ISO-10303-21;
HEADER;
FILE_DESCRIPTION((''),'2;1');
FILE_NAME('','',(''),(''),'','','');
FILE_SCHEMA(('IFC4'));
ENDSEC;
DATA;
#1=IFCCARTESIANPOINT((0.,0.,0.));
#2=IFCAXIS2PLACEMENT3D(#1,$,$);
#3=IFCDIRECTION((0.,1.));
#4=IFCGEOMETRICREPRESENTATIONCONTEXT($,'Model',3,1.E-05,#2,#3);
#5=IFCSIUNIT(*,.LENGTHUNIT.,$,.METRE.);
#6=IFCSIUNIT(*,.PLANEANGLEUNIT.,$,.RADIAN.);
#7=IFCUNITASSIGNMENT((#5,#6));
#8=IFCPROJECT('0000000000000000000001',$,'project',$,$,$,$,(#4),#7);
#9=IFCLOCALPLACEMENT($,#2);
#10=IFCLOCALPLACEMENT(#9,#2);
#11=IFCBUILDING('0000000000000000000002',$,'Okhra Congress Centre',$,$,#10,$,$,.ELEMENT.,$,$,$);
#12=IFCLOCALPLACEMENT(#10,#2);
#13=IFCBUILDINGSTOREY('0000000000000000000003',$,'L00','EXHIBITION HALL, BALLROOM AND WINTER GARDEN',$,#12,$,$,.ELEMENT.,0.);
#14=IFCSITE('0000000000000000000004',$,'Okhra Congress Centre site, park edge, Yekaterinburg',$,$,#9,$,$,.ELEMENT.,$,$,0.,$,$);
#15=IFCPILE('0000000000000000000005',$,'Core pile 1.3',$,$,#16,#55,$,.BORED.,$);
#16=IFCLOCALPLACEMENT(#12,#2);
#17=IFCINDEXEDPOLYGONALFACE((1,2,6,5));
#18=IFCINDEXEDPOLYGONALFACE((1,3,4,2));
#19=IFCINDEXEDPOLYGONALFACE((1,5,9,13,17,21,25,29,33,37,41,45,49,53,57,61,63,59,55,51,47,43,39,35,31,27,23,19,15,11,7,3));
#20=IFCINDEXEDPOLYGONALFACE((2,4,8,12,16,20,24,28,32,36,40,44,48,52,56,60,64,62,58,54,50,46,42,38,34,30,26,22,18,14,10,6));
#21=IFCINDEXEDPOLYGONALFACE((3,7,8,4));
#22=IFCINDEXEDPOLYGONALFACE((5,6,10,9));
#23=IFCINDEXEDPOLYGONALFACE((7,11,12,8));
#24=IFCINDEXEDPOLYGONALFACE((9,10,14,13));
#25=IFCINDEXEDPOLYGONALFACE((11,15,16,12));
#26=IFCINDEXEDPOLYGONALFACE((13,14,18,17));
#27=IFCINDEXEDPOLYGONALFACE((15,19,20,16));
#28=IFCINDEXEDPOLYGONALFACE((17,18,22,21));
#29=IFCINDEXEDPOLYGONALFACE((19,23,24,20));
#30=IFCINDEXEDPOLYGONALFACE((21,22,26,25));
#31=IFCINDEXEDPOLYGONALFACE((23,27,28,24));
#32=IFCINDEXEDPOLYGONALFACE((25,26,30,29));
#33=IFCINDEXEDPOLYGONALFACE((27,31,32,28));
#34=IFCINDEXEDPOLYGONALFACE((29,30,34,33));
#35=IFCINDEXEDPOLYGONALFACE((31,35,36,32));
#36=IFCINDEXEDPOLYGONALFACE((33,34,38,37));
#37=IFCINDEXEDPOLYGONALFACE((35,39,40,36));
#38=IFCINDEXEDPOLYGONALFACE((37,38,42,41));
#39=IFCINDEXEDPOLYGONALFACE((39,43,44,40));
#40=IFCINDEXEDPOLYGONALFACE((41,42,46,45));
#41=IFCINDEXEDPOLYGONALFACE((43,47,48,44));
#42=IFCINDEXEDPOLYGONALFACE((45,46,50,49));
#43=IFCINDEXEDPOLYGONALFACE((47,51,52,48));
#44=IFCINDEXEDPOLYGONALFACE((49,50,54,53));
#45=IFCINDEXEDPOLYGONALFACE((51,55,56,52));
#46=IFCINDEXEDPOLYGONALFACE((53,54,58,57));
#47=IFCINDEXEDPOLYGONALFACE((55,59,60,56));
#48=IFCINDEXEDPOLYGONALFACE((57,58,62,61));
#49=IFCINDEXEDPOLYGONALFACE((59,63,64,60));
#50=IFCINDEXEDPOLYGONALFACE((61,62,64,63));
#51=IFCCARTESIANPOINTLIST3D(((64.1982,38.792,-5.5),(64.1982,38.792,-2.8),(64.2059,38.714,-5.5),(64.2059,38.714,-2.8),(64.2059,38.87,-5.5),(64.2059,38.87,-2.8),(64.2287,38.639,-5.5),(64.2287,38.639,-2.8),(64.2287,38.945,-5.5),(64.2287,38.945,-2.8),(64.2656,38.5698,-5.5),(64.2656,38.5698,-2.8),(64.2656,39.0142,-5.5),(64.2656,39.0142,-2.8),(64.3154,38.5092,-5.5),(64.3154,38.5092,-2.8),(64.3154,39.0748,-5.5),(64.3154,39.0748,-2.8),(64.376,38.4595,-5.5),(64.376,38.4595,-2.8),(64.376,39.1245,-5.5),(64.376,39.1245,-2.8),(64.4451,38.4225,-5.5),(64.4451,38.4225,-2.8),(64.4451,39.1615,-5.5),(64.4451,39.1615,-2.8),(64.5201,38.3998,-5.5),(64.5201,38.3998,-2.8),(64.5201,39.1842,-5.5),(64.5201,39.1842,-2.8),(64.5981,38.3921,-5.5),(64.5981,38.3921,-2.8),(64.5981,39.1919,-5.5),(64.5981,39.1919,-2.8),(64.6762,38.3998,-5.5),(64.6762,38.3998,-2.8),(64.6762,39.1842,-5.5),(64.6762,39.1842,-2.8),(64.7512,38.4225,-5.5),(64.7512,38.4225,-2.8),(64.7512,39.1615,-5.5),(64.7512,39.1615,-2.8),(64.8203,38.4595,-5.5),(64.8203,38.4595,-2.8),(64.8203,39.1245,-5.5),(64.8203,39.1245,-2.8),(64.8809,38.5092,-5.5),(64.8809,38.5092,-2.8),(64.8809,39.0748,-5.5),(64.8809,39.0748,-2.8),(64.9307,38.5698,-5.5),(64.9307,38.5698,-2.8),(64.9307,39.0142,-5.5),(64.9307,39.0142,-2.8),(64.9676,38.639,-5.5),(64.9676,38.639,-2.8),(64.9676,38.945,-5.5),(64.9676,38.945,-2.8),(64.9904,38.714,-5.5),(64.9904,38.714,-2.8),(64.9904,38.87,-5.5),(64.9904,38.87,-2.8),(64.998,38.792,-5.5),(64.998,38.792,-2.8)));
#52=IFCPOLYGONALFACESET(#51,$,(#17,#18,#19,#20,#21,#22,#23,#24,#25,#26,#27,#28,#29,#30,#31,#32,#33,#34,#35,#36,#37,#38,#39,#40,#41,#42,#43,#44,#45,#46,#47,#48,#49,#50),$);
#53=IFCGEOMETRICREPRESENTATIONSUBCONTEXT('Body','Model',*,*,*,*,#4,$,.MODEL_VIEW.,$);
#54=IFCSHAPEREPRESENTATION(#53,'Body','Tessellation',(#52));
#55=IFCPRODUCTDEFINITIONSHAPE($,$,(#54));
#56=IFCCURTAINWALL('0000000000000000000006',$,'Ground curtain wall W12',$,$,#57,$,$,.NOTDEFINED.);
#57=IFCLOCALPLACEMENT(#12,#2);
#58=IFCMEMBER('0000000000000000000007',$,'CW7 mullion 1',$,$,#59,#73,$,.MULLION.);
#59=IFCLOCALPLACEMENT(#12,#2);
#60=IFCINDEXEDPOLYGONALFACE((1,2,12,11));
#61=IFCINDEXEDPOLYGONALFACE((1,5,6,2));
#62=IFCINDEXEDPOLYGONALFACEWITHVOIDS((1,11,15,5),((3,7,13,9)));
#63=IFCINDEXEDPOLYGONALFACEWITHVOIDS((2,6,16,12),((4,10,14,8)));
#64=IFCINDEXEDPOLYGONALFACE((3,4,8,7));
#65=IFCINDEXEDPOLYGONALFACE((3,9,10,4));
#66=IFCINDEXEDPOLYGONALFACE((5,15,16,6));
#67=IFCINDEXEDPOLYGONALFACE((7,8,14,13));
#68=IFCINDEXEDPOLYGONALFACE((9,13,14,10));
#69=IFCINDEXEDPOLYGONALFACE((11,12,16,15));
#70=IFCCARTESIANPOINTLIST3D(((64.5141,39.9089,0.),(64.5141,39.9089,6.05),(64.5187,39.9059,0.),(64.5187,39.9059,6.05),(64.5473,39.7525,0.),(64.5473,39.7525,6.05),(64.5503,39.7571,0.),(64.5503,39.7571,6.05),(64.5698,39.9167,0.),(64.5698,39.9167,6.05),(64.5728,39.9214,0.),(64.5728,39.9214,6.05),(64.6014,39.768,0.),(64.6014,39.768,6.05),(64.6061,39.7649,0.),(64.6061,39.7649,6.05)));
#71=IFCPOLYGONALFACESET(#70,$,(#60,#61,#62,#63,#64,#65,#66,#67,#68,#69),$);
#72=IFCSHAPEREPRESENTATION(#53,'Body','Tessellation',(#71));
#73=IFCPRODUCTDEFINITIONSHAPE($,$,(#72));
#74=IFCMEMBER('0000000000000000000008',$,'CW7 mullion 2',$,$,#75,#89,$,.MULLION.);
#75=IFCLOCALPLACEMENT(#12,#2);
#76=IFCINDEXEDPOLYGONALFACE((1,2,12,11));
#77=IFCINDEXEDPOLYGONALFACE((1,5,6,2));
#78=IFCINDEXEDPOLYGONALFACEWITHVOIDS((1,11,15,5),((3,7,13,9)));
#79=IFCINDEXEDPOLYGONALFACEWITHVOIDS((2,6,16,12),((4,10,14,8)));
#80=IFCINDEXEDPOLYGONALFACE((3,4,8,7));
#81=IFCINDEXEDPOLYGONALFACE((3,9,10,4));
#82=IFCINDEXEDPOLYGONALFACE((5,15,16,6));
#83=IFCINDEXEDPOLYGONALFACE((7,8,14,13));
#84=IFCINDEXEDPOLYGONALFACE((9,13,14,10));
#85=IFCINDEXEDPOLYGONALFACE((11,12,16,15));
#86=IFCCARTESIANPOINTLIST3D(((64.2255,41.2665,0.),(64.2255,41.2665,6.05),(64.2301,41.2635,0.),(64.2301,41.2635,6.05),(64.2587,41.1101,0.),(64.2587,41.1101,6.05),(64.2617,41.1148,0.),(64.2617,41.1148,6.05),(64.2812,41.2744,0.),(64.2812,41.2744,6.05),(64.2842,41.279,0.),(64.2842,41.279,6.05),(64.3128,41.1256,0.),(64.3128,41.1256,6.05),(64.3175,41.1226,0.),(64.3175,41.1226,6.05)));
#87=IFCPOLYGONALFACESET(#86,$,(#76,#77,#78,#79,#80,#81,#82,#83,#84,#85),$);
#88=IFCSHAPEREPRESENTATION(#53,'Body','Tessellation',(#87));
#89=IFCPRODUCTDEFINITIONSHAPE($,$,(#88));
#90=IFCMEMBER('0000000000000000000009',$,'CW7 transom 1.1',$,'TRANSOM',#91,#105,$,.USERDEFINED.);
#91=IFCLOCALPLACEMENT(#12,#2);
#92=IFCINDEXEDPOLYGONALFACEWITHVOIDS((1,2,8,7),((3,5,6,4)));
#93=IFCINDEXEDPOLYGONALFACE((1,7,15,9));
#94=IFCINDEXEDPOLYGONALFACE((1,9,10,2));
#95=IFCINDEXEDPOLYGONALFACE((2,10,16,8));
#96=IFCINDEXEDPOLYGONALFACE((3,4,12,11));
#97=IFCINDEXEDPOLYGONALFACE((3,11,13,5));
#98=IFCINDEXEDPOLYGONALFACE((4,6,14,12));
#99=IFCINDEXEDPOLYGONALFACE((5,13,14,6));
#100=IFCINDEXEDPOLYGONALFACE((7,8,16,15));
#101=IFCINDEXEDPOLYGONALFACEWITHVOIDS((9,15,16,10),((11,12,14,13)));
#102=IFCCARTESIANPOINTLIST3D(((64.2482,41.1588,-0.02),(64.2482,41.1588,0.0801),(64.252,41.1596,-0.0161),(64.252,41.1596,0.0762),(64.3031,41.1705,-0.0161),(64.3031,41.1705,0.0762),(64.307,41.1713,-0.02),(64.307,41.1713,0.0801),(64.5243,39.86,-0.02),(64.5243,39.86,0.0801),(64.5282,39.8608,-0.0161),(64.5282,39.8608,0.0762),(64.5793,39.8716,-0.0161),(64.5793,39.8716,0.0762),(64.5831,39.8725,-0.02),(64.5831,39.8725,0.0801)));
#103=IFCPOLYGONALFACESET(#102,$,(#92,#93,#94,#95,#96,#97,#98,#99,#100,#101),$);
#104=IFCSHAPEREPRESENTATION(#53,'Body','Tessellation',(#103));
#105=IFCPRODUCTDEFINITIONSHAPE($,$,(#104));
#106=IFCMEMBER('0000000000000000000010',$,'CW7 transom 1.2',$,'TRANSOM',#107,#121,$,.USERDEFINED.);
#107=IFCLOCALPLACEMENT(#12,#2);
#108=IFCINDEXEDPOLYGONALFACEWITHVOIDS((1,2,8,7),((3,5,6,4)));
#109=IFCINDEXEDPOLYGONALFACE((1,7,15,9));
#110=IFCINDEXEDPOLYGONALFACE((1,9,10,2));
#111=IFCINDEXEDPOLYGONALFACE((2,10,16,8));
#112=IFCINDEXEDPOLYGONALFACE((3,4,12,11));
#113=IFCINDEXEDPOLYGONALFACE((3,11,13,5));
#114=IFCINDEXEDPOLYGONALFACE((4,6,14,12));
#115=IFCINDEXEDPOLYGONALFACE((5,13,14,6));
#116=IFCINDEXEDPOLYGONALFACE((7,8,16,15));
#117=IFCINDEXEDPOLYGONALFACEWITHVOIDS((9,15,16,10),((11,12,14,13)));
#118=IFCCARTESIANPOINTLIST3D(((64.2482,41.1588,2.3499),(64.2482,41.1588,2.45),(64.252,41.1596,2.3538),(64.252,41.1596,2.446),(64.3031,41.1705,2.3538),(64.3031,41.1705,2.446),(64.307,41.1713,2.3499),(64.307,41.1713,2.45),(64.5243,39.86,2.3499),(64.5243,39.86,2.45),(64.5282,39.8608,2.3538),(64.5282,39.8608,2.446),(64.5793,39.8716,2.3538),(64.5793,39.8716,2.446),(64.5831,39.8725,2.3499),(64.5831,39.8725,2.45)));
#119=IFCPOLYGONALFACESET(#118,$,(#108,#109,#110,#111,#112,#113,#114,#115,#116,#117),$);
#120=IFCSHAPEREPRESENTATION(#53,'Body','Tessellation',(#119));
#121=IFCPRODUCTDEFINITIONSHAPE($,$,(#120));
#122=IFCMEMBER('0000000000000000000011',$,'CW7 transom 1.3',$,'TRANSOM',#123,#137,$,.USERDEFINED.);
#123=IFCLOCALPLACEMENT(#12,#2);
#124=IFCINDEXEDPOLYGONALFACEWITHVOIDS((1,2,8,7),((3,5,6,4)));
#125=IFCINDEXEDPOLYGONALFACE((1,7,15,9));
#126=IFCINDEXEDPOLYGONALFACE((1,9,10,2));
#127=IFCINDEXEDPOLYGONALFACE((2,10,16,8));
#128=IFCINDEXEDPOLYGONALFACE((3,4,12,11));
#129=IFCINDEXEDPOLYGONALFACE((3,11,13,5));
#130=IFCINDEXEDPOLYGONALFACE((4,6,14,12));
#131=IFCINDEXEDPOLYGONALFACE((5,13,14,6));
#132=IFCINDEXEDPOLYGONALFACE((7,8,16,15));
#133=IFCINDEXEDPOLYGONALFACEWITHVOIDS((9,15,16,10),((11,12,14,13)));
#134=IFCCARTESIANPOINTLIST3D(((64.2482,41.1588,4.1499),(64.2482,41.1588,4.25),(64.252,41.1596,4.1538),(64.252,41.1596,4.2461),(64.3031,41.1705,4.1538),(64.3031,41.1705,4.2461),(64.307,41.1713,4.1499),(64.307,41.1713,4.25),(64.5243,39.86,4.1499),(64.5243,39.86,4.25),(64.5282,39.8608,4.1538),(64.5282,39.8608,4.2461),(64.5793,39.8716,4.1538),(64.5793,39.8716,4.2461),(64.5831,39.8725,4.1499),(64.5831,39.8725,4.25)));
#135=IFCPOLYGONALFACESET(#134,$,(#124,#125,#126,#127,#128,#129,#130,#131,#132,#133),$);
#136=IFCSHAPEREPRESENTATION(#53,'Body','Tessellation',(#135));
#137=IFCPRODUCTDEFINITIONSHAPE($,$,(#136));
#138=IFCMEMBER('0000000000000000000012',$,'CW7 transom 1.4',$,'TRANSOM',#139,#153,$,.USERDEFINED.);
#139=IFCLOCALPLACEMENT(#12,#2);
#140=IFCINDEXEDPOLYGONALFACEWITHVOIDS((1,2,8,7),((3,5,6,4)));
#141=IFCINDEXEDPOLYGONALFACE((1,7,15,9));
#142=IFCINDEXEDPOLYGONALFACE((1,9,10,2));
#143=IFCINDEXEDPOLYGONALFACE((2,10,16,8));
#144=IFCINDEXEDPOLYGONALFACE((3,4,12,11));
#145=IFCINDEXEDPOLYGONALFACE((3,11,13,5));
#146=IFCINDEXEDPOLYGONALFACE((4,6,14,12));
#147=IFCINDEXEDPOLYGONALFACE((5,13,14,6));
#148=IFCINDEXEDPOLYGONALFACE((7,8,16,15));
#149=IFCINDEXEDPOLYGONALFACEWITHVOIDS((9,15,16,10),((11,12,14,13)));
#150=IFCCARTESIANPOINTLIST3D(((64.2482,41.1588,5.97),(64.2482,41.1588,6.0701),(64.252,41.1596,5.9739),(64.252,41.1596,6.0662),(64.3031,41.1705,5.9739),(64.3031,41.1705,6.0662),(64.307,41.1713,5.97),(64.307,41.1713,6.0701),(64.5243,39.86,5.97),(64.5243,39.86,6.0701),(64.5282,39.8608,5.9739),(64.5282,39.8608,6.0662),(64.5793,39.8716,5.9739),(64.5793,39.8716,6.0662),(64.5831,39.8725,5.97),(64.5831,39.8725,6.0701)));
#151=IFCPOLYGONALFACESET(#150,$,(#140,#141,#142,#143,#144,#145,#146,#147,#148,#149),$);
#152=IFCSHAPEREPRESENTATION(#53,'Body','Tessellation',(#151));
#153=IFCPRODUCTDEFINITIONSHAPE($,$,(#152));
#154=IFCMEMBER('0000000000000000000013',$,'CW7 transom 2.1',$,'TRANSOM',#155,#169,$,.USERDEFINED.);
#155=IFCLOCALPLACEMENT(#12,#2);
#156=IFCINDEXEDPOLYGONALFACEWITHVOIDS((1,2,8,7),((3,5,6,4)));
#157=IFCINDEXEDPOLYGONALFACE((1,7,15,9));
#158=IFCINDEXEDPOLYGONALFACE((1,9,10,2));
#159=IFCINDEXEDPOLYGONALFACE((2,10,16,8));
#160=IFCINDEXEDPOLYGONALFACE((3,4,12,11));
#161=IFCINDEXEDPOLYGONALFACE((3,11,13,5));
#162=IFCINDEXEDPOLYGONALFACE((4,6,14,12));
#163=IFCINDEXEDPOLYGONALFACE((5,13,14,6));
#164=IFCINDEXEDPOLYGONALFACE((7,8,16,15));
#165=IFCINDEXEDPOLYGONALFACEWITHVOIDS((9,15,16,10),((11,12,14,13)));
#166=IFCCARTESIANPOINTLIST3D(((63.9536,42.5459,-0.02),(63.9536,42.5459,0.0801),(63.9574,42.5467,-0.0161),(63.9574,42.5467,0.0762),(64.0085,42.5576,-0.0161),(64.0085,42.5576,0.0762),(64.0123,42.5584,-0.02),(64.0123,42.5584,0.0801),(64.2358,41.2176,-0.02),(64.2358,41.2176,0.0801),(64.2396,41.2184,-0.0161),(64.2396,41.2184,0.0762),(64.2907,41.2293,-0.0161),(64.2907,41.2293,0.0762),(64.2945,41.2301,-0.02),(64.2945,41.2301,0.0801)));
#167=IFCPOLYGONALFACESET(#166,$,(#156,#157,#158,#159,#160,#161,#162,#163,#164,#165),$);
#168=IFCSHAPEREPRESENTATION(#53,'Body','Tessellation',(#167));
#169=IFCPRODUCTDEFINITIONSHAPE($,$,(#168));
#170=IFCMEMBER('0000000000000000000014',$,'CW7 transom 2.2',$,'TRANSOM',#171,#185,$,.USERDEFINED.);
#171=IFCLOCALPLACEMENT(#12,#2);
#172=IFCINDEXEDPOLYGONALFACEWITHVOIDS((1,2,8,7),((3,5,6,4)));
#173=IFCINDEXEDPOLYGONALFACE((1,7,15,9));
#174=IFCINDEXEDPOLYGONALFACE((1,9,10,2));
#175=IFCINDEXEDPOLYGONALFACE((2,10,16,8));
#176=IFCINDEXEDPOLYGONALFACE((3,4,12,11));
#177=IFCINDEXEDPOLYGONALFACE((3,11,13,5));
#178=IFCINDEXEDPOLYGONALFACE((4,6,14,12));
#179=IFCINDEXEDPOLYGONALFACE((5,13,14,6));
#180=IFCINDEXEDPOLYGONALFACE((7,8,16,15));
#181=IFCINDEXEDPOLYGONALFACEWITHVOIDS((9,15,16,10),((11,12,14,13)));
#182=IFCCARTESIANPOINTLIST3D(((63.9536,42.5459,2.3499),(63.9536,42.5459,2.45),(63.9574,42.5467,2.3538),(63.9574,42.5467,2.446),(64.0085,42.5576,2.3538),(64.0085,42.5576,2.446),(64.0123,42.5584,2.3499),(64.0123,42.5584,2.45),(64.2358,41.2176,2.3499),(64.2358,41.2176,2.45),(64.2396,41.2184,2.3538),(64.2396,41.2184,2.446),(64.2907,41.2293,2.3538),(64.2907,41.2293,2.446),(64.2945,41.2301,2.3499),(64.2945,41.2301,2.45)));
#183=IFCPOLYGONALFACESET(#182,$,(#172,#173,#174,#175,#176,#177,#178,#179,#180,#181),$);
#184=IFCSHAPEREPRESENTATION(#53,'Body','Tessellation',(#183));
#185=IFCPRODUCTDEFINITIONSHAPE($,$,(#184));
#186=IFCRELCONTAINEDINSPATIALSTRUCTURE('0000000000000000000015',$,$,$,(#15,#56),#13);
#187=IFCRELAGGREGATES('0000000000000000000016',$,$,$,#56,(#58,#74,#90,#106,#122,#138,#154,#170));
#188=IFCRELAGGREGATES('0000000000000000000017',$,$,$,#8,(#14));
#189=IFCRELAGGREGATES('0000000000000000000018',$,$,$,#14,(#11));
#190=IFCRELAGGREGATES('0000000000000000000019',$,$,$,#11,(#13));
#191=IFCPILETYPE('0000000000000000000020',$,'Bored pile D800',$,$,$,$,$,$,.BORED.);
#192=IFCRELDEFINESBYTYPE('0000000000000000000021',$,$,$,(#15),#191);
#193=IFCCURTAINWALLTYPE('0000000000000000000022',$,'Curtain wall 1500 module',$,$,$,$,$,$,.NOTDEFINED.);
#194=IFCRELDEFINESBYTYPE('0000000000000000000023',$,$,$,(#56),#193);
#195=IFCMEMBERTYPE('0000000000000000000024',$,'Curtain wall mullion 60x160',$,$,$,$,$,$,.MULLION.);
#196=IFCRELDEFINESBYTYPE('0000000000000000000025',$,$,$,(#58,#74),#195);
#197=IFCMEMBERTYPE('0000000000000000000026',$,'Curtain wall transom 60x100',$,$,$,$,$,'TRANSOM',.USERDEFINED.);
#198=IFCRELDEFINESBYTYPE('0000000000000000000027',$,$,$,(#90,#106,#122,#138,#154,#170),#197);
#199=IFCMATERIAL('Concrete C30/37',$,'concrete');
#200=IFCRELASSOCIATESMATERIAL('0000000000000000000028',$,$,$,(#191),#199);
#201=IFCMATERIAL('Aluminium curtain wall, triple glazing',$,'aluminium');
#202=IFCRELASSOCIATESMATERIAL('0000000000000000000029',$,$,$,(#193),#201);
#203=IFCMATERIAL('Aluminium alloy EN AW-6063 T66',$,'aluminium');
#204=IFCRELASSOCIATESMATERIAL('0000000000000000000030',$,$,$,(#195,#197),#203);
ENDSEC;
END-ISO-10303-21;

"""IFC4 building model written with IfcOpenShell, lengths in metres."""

from ifc_helpers import new_model, si_unit, direction, frame, origin, origin_2d, place, context, subcontext, project, spatial, hollow_rectangle, circle, extrude, material, material_profile, profile_set, type_object, element, aggregate, save


model = new_model("IFC4")

# Units and contexts
model_context = context("Model", 3, precision=1e-05, world=origin(), true_north=direction((0.0, 1.0)))
body_context = subcontext(model_context, "Body", "Model", "MODEL_VIEW")
ifc_project = project(units=[si_unit("LENGTHUNIT", "METRE"), si_unit("PLANEANGLEUNIT", "RADIAN")], contexts=[model_context])

# Site, building, storey
site_placement = place(None, origin())
site = spatial("IfcSite", under=ifc_project, at=site_placement, Name="Okhra Congress Centre site, park edge, Yekaterinburg", CompositionType="ELEMENT", RefElevation=0.0)
building_placement = place(site_placement, origin())
building = spatial("IfcBuilding", under=site, at=building_placement, Name="Okhra Congress Centre", CompositionType="ELEMENT")
storey_placement = place(building_placement, origin())
storey = spatial("IfcBuildingStorey", under=building, at=storey_placement, Name="L00", Description="EXHIBITION HALL, BALLROOM AND WINTER GARDEN", CompositionType="ELEMENT", Elevation=0.0)

# Pile
ifc_material_1 = material(Name="Concrete C30/37", Category="concrete")
ifc_material_profile_1 = material_profile(ifc_material_1, circle(Radius=0.3999, at=origin_2d()), Name="D800")
ifc_profile_set_1 = profile_set([ifc_material_profile_1], Name="Concrete C30/37")
pile_type = type_object("IfcPileType", Name="Bored pile D800", PredefinedType="BORED", material=ifc_profile_set_1)
pile_placement = place(storey_placement, frame((64.5981, 38.792, -2.8), z_axis=(0.0, 0.0, -1.0), x_axis=(1.0, 0.0, 0.0)))
element("IfcPile", 1, at=pile_placement, inside=storey, type_object=pile_type, Name="Core pile 1.3", PredefinedType="BORED", context=body_context, shape_type="SweptSolid", body=[
    extrude(circle(Radius=0.3999, at=origin_2d()), origin(), (0.0, 0.0, 1.0), 2.7),
])

# Curtain wall, members
ifc_material_2 = material(Name="Aluminium curtain wall, triple glazing", Category="aluminium")
curtain_wall_type = type_object("IfcCurtainWallType", Name="Curtain wall 1500 module", PredefinedType="NOTDEFINED", material=ifc_material_2)
curtain_wall_placement = place(storey_placement, origin())
curtain_wall = element("IfcCurtainWall", 2, at=curtain_wall_placement, inside=storey, type_object=curtain_wall_type, Name="Ground curtain wall W12", PredefinedType="NOTDEFINED")
ifc_material_3 = material(Name="Aluminium alloy EN AW-6063 T66", Category="aluminium")
ifc_material_profile_2 = material_profile(ifc_material_3, hollow_rectangle(XDim=0.0601, YDim=0.1599, WallThickness=0.0039, at=origin_2d()), Name="RHS 60x160x4")
ifc_profile_set_2 = profile_set([ifc_material_profile_2], Name="Aluminium alloy EN AW-6063 T66")
member_type_1 = type_object("IfcMemberType", Name="Curtain wall mullion 60x160", PredefinedType="MULLION", material=ifc_profile_set_2)
member_1_placement = place(storey_placement, frame((64.5601, 39.8369, 0.0), z_axis=(0.0, 0.0, 1.0), x_axis=(-0.978148, -0.207912, 0.0)))
member_1 = element("IfcMember", 3, at=member_1_placement, type_object=member_type_1, Name="CW7 mullion 1", PredefinedType="MULLION", context=body_context, shape_type="SweptSolid", body=[
    extrude(hollow_rectangle(XDim=0.0601, YDim=0.1599, WallThickness=0.0039, at=origin_2d()), origin(), (0.0, 0.0, 1.0), 6.05),
])
member_2_placement = place(storey_placement, frame((64.2715, 41.1946, 0.0), z_axis=(0.0, 0.0, 1.0), x_axis=(-0.978148, -0.207912, 0.0)))
member_2 = element("IfcMember", 4, at=member_2_placement, type_object=member_type_1, Name="CW7 mullion 2", PredefinedType="MULLION", context=body_context, shape_type="SweptSolid", body=[
    extrude(hollow_rectangle(XDim=0.0601, YDim=0.1599, WallThickness=0.0039, at=origin_2d()), origin(), (0.0, 0.0, 1.0), 6.05),
])
ifc_material_profile_3 = material_profile(ifc_material_3, hollow_rectangle(XDim=0.0601, YDim=0.1001, WallThickness=0.0039, at=origin_2d()), Name="RHS 60x100x4")
ifc_profile_set_3 = profile_set([ifc_material_profile_3], Name="Aluminium alloy EN AW-6063 T66")
member_type_2 = type_object("IfcMemberType", Name="Curtain wall transom 60x100", ElementType="TRANSOM", PredefinedType="USERDEFINED", material=ifc_profile_set_3)
member_3_placement = place(storey_placement, frame((64.5537, 39.8662, 0.03), z_axis=(-0.207947, 0.97814, 0.0), x_axis=(-0.97814, -0.207947, 0.0)))
member_3 = element("IfcMember", 5, at=member_3_placement, type_object=member_type_2, Name="CW7 transom 1.1", ObjectType="TRANSOM", PredefinedType="USERDEFINED", context=body_context, shape_type="SweptSolid", body=[
    extrude(hollow_rectangle(XDim=0.0601, YDim=0.1001, WallThickness=0.0039, at=origin_2d()), origin(), (0.0, 0.0, 1.0), 1.3279),
])
member_4_placement = place(storey_placement, frame((64.5537, 39.8662, 2.3999), z_axis=(-0.207947, 0.97814, 0.0), x_axis=(-0.97814, -0.207947, 0.0)))
member_4 = element("IfcMember", 6, at=member_4_placement, type_object=member_type_2, Name="CW7 transom 1.2", ObjectType="TRANSOM", PredefinedType="USERDEFINED", context=body_context, shape_type="SweptSolid", body=[
    extrude(hollow_rectangle(XDim=0.0601, YDim=0.1001, WallThickness=0.0039, at=origin_2d()), origin(), (0.0, 0.0, 1.0), 1.3279),
])
member_5_placement = place(storey_placement, frame((64.5537, 39.8662, 4.2), z_axis=(-0.207947, 0.97814, 0.0), x_axis=(-0.97814, -0.207947, 0.0)))
member_5 = element("IfcMember", 7, at=member_5_placement, type_object=member_type_2, Name="CW7 transom 1.3", ObjectType="TRANSOM", PredefinedType="USERDEFINED", context=body_context, shape_type="SweptSolid", body=[
    extrude(hollow_rectangle(XDim=0.0601, YDim=0.1001, WallThickness=0.0039, at=origin_2d()), origin(), (0.0, 0.0, 1.0), 1.3279),
])
member_6_placement = place(storey_placement, frame((64.5537, 39.8662, 6.02), z_axis=(-0.207947, 0.97814, 0.0), x_axis=(-0.97814, -0.207947, 0.0)))
member_6 = element("IfcMember", 8, at=member_6_placement, type_object=member_type_2, Name="CW7 transom 1.4", ObjectType="TRANSOM", PredefinedType="USERDEFINED", context=body_context, shape_type="SweptSolid", body=[
    extrude(hollow_rectangle(XDim=0.0601, YDim=0.1001, WallThickness=0.0039, at=origin_2d()), origin(), (0.0, 0.0, 1.0), 1.3279),
])
member_7_placement = place(storey_placement, frame((64.2651, 41.2239, 0.03), z_axis=(-0.207822, 0.978167, 0.0), x_axis=(-0.978167, -0.207822, 0.0)))
member_7 = element("IfcMember", 9, at=member_7_placement, type_object=member_type_2, Name="CW7 transom 2.1", ObjectType="TRANSOM", PredefinedType="USERDEFINED", context=body_context, shape_type="SweptSolid", body=[
    extrude(hollow_rectangle(XDim=0.0601, YDim=0.1001, WallThickness=0.0039, at=origin_2d()), origin(), (0.0, 0.0, 1.0), 1.3579),
])
member_8_placement = place(storey_placement, frame((64.2651, 41.2239, 2.3999), z_axis=(-0.207822, 0.978167, 0.0), x_axis=(-0.978167, -0.207822, 0.0)))
member_8 = element("IfcMember", 10, at=member_8_placement, type_object=member_type_2, Name="CW7 transom 2.2", ObjectType="TRANSOM", PredefinedType="USERDEFINED", context=body_context, shape_type="SweptSolid", body=[
    extrude(hollow_rectangle(XDim=0.0601, YDim=0.1001, WallThickness=0.0039, at=origin_2d()), origin(), (0.0, 0.0, 1.0), 1.3579),
])

aggregate(curtain_wall, [member_1, member_2, member_3, member_4, member_5, member_6, member_7, member_8])

save(model, "model.ifc")
